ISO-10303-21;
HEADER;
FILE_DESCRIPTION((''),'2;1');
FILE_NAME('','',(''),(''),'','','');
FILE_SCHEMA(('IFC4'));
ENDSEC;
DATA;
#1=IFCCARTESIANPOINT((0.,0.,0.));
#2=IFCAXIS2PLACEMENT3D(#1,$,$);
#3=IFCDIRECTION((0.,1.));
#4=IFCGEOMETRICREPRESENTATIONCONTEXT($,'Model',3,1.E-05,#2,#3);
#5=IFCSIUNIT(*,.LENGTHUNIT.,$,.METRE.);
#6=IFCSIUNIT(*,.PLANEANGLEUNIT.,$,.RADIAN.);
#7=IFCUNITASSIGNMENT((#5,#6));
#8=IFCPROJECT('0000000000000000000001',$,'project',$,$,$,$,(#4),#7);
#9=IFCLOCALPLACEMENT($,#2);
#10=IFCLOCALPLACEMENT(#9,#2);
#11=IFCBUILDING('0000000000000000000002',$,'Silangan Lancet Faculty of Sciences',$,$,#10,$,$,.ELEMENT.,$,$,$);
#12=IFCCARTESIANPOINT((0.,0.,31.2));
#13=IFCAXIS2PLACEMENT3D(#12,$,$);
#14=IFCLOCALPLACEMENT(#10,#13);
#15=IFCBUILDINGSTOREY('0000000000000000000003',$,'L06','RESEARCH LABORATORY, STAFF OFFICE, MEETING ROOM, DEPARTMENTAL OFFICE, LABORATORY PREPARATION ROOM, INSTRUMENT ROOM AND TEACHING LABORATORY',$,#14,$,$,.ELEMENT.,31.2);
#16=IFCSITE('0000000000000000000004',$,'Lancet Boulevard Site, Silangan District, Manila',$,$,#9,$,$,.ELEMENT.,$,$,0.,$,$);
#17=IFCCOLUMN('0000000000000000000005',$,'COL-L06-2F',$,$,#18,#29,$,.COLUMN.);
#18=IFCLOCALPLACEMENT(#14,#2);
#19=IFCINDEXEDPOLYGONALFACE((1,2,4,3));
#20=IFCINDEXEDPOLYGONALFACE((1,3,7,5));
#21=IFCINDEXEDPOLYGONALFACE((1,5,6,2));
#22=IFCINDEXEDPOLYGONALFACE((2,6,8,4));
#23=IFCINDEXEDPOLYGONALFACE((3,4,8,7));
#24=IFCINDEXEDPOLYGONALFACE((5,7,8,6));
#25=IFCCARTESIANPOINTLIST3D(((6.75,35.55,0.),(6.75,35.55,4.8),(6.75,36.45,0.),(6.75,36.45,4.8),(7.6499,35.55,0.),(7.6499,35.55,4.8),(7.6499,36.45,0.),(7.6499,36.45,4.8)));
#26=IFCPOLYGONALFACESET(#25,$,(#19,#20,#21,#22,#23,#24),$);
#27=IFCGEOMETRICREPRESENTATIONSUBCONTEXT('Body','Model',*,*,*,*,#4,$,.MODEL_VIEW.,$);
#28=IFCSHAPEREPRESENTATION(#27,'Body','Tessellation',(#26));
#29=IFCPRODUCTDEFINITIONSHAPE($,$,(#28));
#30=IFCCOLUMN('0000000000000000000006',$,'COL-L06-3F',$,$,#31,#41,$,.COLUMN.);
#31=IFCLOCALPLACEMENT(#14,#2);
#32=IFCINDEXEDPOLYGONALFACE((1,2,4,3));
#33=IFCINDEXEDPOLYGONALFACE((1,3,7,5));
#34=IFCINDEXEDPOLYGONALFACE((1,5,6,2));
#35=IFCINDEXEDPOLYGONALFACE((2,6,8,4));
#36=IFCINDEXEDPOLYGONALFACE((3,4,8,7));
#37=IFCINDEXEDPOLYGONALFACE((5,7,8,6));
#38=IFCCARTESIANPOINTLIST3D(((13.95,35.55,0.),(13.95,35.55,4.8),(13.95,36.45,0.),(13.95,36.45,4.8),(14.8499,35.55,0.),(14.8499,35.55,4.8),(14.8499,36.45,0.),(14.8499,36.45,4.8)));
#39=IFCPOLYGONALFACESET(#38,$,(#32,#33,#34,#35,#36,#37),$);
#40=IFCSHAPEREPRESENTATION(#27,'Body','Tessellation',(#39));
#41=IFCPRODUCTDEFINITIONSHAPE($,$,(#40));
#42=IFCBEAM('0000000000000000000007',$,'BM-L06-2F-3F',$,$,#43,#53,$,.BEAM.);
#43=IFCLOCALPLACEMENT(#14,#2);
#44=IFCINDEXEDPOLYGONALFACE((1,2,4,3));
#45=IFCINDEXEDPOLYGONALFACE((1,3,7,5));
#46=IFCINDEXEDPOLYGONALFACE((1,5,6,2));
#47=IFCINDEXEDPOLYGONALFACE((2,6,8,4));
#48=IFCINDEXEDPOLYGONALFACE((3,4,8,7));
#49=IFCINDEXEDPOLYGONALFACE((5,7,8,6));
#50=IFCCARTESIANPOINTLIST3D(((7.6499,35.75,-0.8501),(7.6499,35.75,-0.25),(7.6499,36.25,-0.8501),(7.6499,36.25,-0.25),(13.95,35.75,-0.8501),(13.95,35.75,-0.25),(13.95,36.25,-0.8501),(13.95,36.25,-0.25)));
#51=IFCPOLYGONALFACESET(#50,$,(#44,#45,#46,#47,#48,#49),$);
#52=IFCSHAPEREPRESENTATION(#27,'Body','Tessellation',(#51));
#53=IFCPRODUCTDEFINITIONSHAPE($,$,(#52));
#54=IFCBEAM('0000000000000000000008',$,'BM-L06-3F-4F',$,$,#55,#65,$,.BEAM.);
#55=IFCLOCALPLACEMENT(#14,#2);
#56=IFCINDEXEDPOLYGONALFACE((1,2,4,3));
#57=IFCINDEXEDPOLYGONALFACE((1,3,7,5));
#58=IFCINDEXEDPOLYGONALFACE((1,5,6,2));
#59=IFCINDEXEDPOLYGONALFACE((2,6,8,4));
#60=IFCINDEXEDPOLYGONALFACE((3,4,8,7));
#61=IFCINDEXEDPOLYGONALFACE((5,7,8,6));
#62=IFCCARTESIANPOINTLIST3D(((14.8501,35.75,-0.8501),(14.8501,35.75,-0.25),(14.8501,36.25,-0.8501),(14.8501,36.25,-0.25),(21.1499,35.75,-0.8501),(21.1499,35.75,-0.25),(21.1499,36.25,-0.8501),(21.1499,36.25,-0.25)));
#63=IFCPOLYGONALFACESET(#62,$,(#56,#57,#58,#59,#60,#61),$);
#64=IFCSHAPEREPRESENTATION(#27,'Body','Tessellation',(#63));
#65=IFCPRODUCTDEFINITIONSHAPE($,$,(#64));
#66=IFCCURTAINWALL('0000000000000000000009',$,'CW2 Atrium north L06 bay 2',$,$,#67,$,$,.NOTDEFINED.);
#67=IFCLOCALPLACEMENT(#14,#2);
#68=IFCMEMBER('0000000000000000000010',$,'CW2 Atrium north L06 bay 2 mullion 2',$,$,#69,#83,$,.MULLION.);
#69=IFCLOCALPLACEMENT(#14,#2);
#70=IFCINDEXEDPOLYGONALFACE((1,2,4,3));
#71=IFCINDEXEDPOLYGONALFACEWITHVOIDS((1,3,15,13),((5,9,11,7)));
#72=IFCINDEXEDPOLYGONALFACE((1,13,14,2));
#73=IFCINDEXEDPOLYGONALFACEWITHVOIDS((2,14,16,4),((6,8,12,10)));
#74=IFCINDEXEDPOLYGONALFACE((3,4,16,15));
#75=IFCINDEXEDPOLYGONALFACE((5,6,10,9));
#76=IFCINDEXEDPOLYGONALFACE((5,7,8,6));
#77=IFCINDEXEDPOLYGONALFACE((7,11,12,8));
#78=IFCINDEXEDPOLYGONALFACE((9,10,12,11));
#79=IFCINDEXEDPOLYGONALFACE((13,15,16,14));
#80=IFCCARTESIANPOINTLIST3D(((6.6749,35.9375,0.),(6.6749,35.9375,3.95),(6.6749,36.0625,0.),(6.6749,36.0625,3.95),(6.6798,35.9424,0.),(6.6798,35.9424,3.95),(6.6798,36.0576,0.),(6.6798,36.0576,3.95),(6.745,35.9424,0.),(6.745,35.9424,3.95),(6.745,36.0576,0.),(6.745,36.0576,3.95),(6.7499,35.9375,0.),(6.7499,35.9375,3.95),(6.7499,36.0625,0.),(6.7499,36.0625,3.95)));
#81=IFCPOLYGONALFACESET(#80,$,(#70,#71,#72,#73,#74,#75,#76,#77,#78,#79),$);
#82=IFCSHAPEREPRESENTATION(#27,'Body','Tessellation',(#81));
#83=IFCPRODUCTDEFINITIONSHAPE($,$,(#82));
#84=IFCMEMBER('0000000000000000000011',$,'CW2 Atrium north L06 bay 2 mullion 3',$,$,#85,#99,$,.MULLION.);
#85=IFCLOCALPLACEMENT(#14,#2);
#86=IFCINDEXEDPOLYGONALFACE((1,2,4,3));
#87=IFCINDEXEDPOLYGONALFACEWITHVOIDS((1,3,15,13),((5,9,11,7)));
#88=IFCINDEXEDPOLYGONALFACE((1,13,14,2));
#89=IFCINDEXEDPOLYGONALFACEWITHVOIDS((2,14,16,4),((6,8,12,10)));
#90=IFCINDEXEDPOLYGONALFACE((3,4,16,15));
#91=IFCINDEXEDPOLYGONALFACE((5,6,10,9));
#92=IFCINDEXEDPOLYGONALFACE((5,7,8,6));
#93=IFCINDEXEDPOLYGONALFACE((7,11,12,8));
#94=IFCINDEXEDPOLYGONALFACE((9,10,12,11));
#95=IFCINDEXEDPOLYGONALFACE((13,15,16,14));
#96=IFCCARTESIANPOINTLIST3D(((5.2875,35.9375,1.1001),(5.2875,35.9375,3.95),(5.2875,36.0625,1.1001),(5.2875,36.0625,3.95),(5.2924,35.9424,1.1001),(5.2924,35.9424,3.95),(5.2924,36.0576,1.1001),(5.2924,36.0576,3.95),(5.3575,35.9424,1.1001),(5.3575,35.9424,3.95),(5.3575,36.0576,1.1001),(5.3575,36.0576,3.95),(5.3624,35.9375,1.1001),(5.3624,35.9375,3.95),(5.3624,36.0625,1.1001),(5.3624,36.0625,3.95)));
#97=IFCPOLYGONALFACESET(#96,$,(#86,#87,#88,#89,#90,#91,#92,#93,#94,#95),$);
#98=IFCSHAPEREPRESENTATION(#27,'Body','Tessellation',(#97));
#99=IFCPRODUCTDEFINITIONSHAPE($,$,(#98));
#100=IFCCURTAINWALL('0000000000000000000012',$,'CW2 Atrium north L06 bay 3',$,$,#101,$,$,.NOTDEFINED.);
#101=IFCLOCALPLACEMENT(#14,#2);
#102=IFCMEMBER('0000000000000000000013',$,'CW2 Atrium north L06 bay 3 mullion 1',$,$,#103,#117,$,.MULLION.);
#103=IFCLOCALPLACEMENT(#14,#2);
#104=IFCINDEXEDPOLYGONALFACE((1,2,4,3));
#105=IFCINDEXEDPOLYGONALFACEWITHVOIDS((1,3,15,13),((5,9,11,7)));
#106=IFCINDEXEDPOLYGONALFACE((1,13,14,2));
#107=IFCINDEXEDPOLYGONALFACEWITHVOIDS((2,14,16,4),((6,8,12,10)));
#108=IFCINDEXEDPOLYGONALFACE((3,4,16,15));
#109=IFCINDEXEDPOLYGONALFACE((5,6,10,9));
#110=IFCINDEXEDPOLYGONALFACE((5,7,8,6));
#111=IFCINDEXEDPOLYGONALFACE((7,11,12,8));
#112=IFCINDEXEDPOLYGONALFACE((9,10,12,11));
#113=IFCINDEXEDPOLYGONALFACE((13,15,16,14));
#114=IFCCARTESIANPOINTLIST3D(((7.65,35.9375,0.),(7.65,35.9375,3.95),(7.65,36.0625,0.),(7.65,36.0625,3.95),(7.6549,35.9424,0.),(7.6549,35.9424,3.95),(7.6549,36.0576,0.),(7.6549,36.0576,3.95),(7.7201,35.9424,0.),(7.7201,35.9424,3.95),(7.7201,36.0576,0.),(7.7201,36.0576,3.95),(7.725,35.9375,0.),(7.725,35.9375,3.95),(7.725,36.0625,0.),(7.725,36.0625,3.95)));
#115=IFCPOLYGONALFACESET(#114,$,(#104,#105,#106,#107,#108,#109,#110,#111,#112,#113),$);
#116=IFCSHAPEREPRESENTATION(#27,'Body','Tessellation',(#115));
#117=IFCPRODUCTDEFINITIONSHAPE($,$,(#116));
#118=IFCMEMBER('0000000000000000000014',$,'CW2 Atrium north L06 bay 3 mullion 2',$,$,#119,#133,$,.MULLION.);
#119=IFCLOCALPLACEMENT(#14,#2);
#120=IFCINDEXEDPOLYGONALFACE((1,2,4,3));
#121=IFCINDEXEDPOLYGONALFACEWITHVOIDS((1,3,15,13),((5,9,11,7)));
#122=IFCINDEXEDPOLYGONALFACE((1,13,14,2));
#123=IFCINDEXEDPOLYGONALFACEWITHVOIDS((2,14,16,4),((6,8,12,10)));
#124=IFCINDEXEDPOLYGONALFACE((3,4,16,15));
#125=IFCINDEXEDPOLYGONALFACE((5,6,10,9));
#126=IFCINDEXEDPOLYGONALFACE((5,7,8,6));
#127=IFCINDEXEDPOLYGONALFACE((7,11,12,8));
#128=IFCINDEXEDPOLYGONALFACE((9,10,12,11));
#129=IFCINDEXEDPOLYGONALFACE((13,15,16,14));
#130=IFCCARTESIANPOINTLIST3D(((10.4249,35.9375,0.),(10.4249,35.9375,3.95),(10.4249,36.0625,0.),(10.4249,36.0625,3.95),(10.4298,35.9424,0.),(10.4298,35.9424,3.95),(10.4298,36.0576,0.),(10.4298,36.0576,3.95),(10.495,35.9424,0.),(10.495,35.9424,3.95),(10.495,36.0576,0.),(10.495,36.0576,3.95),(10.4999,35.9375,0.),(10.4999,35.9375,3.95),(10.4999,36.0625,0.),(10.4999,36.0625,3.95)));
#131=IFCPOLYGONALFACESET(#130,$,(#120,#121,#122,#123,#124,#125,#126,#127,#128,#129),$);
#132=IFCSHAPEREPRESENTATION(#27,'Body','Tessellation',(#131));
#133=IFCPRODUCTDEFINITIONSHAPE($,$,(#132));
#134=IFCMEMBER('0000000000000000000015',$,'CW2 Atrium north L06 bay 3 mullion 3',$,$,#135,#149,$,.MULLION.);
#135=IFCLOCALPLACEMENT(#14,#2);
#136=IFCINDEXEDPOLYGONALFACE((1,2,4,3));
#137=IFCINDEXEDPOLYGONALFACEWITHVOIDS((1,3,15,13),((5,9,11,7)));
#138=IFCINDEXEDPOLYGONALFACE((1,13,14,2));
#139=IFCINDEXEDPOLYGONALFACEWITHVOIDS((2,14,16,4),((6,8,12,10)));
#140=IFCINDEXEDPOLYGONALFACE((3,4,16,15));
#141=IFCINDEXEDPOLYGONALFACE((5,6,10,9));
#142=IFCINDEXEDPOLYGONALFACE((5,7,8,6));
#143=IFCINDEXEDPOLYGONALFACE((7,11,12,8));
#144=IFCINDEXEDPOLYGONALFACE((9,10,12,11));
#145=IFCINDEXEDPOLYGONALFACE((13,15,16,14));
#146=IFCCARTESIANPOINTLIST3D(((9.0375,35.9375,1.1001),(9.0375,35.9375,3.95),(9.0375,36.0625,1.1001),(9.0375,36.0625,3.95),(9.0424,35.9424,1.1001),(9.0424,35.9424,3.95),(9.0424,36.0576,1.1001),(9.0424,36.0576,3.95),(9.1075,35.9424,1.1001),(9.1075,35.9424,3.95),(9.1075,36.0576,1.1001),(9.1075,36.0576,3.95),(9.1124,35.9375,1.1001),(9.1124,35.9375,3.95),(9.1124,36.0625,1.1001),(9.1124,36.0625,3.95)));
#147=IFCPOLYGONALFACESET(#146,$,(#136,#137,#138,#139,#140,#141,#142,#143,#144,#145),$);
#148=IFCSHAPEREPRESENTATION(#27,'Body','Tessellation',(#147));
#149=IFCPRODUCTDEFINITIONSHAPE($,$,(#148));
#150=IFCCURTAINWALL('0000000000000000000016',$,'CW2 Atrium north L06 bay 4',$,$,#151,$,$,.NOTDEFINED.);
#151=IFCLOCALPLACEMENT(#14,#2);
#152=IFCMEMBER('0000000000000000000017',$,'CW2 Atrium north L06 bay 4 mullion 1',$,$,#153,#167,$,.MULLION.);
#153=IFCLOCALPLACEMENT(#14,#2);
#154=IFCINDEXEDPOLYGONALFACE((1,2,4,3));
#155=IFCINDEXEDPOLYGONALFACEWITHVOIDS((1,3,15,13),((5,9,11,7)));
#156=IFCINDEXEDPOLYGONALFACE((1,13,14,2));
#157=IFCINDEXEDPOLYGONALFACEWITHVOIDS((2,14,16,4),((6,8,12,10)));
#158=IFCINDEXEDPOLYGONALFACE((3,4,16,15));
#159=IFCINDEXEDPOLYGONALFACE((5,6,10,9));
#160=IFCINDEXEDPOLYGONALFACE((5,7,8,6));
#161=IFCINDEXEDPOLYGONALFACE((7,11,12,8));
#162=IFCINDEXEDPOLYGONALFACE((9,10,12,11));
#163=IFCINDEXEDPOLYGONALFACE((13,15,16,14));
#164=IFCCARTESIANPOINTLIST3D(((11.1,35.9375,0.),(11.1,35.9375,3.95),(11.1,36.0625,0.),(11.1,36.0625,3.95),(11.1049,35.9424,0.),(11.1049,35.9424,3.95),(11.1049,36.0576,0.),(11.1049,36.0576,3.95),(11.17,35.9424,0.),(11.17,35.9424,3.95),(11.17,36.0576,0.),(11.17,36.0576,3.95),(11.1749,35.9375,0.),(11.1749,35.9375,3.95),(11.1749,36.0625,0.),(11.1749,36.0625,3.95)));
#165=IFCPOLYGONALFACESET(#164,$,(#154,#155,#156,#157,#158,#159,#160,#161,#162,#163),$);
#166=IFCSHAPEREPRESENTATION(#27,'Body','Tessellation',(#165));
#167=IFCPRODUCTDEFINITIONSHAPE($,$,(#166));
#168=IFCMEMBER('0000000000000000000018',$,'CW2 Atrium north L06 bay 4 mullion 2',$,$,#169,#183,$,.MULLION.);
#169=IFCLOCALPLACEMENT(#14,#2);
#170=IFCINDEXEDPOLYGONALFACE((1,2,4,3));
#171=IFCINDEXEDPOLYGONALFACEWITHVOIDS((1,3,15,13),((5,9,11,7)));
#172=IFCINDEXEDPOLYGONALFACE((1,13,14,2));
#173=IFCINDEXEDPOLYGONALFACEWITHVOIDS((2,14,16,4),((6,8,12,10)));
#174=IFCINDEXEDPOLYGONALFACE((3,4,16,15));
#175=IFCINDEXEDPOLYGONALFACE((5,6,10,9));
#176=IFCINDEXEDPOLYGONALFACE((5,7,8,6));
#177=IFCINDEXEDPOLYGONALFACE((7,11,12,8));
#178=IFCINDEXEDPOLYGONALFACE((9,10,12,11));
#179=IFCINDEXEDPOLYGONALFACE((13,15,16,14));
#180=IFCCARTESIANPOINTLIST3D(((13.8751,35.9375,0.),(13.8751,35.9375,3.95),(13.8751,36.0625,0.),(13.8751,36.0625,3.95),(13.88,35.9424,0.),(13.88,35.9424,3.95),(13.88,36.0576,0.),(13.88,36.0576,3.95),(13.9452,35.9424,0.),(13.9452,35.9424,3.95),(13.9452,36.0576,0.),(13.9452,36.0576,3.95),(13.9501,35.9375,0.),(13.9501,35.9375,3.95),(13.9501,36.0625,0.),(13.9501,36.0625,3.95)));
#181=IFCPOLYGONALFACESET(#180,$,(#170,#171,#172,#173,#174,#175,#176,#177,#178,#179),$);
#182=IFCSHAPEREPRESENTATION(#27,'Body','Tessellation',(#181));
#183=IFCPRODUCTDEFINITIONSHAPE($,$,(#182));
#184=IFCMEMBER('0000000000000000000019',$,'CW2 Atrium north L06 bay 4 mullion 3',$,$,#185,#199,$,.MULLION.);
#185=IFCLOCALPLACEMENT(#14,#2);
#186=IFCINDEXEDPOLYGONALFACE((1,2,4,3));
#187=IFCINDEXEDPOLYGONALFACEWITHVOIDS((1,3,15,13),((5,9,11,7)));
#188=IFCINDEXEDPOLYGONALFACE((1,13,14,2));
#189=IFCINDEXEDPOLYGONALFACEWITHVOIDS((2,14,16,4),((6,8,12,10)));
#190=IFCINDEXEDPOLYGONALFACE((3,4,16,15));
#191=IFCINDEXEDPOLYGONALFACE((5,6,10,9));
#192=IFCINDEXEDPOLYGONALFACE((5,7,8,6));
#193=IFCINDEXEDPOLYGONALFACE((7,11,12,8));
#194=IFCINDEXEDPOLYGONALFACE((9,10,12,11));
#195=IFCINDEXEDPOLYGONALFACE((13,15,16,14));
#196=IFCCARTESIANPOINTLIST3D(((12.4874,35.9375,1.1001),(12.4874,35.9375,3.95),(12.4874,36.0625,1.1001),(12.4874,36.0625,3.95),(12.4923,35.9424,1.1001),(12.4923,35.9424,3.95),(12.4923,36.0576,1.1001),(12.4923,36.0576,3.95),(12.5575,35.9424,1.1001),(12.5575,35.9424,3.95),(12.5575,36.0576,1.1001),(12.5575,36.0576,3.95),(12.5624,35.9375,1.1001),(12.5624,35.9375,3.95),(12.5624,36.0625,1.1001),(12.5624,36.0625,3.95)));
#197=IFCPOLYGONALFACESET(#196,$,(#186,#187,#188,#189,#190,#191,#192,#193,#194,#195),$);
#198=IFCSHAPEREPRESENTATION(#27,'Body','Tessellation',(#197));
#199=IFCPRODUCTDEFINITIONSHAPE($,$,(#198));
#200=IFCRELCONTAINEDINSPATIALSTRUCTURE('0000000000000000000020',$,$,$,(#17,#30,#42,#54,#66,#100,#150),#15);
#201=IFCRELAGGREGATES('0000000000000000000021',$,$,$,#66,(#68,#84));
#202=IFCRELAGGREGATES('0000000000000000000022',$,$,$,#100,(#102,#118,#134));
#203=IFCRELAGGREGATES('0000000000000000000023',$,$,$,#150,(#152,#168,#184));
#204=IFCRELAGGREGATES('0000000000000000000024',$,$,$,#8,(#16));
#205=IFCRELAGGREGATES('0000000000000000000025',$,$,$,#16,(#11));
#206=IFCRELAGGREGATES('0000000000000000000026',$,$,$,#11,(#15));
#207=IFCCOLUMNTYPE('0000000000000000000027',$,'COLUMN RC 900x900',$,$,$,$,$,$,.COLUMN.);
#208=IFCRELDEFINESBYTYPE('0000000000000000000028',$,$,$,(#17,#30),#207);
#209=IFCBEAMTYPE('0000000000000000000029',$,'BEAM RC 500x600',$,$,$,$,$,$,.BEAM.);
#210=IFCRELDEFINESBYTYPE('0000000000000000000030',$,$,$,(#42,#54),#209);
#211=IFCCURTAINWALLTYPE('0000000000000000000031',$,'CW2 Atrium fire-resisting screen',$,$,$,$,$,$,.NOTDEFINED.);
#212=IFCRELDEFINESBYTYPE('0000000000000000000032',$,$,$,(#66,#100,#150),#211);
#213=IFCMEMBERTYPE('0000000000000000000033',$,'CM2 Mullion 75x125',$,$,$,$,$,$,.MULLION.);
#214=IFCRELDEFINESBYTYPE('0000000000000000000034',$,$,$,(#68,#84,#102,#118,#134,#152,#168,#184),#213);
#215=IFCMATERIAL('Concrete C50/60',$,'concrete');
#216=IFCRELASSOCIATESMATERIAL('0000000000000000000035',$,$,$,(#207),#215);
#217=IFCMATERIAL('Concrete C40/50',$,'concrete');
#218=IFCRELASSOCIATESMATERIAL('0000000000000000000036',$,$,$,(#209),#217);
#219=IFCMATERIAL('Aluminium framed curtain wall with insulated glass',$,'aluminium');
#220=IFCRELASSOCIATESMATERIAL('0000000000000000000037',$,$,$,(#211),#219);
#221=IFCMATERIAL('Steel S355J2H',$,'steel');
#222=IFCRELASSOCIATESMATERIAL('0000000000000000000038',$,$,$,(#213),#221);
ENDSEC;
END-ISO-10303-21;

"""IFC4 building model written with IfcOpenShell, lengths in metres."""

from ifc_helpers import new_model, si_unit, direction, frame, origin, origin_2d, place, context, subcontext, project, spatial, rectangle, hollow_rectangle, extrude, material, material_profile, profile_set, type_object, element, aggregate, save


model = new_model("IFC4")

# Units and contexts
model_context = context("Model", 3, precision=1e-05, world=origin(), true_north=direction((0.0, 1.0)))
body_context = subcontext(model_context, "Body", "Model", "MODEL_VIEW")
ifc_project = project(units=[si_unit("LENGTHUNIT", "METRE"), si_unit("PLANEANGLEUNIT", "RADIAN")], contexts=[model_context])

# Site, building, storey
site_placement = place(None, origin())
site = spatial("IfcSite", under=ifc_project, at=site_placement, Name="Lancet Boulevard Site, Silangan District, Manila", CompositionType="ELEMENT", RefElevation=0.0)
building_placement = place(site_placement, origin())
building = spatial("IfcBuilding", under=site, at=building_placement, Name="Silangan Lancet Faculty of Sciences", CompositionType="ELEMENT")
storey_placement = place(building_placement, frame((0.0, 0.0, 31.2)))
storey = spatial("IfcBuildingStorey", under=building, at=storey_placement, Name="L06", Description="RESEARCH LABORATORY, STAFF OFFICE, MEETING ROOM, DEPARTMENTAL OFFICE, LABORATORY PREPARATION ROOM, INSTRUMENT ROOM AND TEACHING LABORATORY", CompositionType="ELEMENT", Elevation=31.2)

# Columns
ifc_material_1 = material(Name="Concrete C50/60", Category="concrete")
ifc_material_profile_1 = material_profile(ifc_material_1, rectangle(XDim=0.8999, YDim=0.8999, at=origin_2d()), Name="RC 900x900")
ifc_profile_set_1 = profile_set([ifc_material_profile_1], Name="Concrete C50/60")
column_type = type_object("IfcColumnType", Name="COLUMN RC 900x900", PredefinedType="COLUMN", material=ifc_profile_set_1)
for number, where, z_axis, x_axis, name in (
    (1, (7.2, 36.0, 0.0), (0.0, 0.0, 1.0), (1.0, 0.0, 0.0), "COL-L06-2F"),
    (2, (14.3999, 36.0, 0.0), (0.0, 0.0, 1.0), (1.0, 0.0, 0.0), "COL-L06-3F"),
):
    element("IfcColumn", number, at=place(storey_placement, frame(where, z_axis=z_axis, x_axis=x_axis)), inside=storey, type_object=column_type, Name=name, PredefinedType="COLUMN", context=body_context, shape_type="SweptSolid", body=[
        extrude(rectangle(XDim=0.8999, YDim=0.8999, at=origin_2d()), origin(), (0.0, 0.0, 1.0), 4.8),
    ])

# Beams
ifc_material_2 = material(Name="Concrete C40/50", Category="concrete")
ifc_material_profile_2 = material_profile(ifc_material_2, rectangle(XDim=0.5, YDim=0.6001, at=origin_2d()), Name="RC 500x600")
ifc_profile_set_2 = profile_set([ifc_material_profile_2], Name="Concrete C40/50")
beam_type = type_object("IfcBeamType", Name="BEAM RC 500x600", PredefinedType="BEAM", material=ifc_profile_set_2)
beam_1_placement = place(storey_placement, frame((7.6499, 36.0, -0.55), z_axis=(1.0, 0.0, 0.0), x_axis=(0.0, 1.0, 0.0)))
element("IfcBeam", 3, at=beam_1_placement, inside=storey, type_object=beam_type, Name="BM-L06-2F-3F", PredefinedType="BEAM", context=body_context, shape_type="SweptSolid", body=[
    extrude(rectangle(XDim=0.5, YDim=0.6001, at=origin_2d()), origin(), (0.0, 0.0, 1.0), 6.3),
])
beam_2_placement = place(storey_placement, frame((14.8501, 36.0, -0.55), z_axis=(1.0, 0.0, 0.0), x_axis=(0.0, 1.0, 0.0)))
element("IfcBeam", 4, at=beam_2_placement, inside=storey, type_object=beam_type, Name="BM-L06-3F-4F", PredefinedType="BEAM", context=body_context, shape_type="SweptSolid", body=[
    extrude(rectangle(XDim=0.5, YDim=0.6001, at=origin_2d()), origin(), (0.0, 0.0, 1.0), 6.2998),
])

# Curtain walls, members
ifc_material_3 = material(Name="Aluminium framed curtain wall with insulated glass", Category="aluminium")
curtain_wall_type = type_object("IfcCurtainWallType", Name="CW2 Atrium fire-resisting screen", PredefinedType="NOTDEFINED", material=ifc_material_3)
curtain_wall_1_placement = place(storey_placement, origin())
curtain_wall_1 = element("IfcCurtainWall", 5, at=curtain_wall_1_placement, inside=storey, type_object=curtain_wall_type, Name="CW2 Atrium north L06 bay 2", PredefinedType="NOTDEFINED")
ifc_material_4 = material(Name="Steel S355J2H", Category="steel")
ifc_material_profile_3 = material_profile(ifc_material_4, hollow_rectangle(XDim=0.075, YDim=0.125, WallThickness=0.0049, at=origin_2d()), Name="ST BOX 75x125x5")
ifc_profile_set_3 = profile_set([ifc_material_profile_3], Name="Steel S355J2H")
member_type_1 = type_object("IfcMemberType", Name="CM2 Mullion 75x125", PredefinedType="MULLION", material=ifc_profile_set_3)
member_1_placement = place(storey_placement, frame((6.7124, 36.0, 0.0), z_axis=(0.0, 0.0, 1.0), x_axis=(1.0, 0.0, 0.0)))
member_1 = element("IfcMember", 6, at=member_1_placement, type_object=member_type_1, Name="CW2 Atrium north L06 bay 2 mullion 2", PredefinedType="MULLION", context=body_context, shape_type="SweptSolid", body=[
    extrude(hollow_rectangle(XDim=0.075, YDim=0.125, WallThickness=0.0049, at=origin_2d()), origin(), (0.0, 0.0, 1.0), 3.95),
])
member_2_placement = place(storey_placement, frame((5.325, 36.0, 1.1001), z_axis=(0.0, 0.0, 1.0), x_axis=(1.0, 0.0, 0.0)))
member_2 = element("IfcMember", 7, at=member_2_placement, type_object=member_type_1, Name="CW2 Atrium north L06 bay 2 mullion 3", PredefinedType="MULLION", context=body_context, shape_type="SweptSolid", body=[
    extrude(hollow_rectangle(XDim=0.075, YDim=0.125, WallThickness=0.0049, at=origin_2d()), origin(), (0.0, 0.0, 1.0), 2.8499),
])
curtain_wall_2_placement = place(storey_placement, origin())
curtain_wall_2 = element("IfcCurtainWall", 8, at=curtain_wall_2_placement, inside=storey, type_object=curtain_wall_type, Name="CW2 Atrium north L06 bay 3", PredefinedType="NOTDEFINED")
member_3_placement = place(storey_placement, frame((7.6875, 36.0, 0.0), z_axis=(0.0, 0.0, 1.0), x_axis=(1.0, 0.0, 0.0)))
member_3 = element("IfcMember", 9, at=member_3_placement, type_object=member_type_1, Name="CW2 Atrium north L06 bay 3 mullion 1", PredefinedType="MULLION", context=body_context, shape_type="SweptSolid", body=[
    extrude(hollow_rectangle(XDim=0.075, YDim=0.125, WallThickness=0.0049, at=origin_2d()), origin(), (0.0, 0.0, 1.0), 3.95),
])
member_4_placement = place(storey_placement, frame((10.4624, 36.0, 0.0), z_axis=(0.0, 0.0, 1.0), x_axis=(1.0, 0.0, 0.0)))
member_4 = element("IfcMember", 10, at=member_4_placement, type_object=member_type_1, Name="CW2 Atrium north L06 bay 3 mullion 2", PredefinedType="MULLION", context=body_context, shape_type="SweptSolid", body=[
    extrude(hollow_rectangle(XDim=0.075, YDim=0.125, WallThickness=0.0049, at=origin_2d()), origin(), (0.0, 0.0, 1.0), 3.95),
])
member_5_placement = place(storey_placement, frame((9.075, 36.0, 1.1001), z_axis=(0.0, 0.0, 1.0), x_axis=(1.0, 0.0, 0.0)))
member_5 = element("IfcMember", 11, at=member_5_placement, type_object=member_type_1, Name="CW2 Atrium north L06 bay 3 mullion 3", PredefinedType="MULLION", context=body_context, shape_type="SweptSolid", body=[
    extrude(hollow_rectangle(XDim=0.075, YDim=0.125, WallThickness=0.0049, at=origin_2d()), origin(), (0.0, 0.0, 1.0), 2.8499),
])
curtain_wall_3_placement = place(storey_placement, origin())
curtain_wall_3 = element("IfcCurtainWall", 12, at=curtain_wall_3_placement, inside=storey, type_object=curtain_wall_type, Name="CW2 Atrium north L06 bay 4", PredefinedType="NOTDEFINED")
member_6_placement = place(storey_placement, frame((11.1375, 36.0, 0.0), z_axis=(0.0, 0.0, 1.0), x_axis=(1.0, 0.0, 0.0)))
member_6 = element("IfcMember", 13, at=member_6_placement, type_object=member_type_1, Name="CW2 Atrium north L06 bay 4 mullion 1", PredefinedType="MULLION", context=body_context, shape_type="SweptSolid", body=[
    extrude(hollow_rectangle(XDim=0.075, YDim=0.125, WallThickness=0.0049, at=origin_2d()), origin(), (0.0, 0.0, 1.0), 3.95),
])
member_7_placement = place(storey_placement, frame((13.9126, 36.0, 0.0), z_axis=(0.0, 0.0, 1.0), x_axis=(1.0, 0.0, 0.0)))
member_7 = element("IfcMember", 14, at=member_7_placement, type_object=member_type_1, Name="CW2 Atrium north L06 bay 4 mullion 2", PredefinedType="MULLION", context=body_context, shape_type="SweptSolid", body=[
    extrude(hollow_rectangle(XDim=0.075, YDim=0.125, WallThickness=0.0049, at=origin_2d()), origin(), (0.0, 0.0, 1.0), 3.95),
])
member_8_placement = place(storey_placement, frame((12.5249, 36.0, 1.1001), z_axis=(0.0, 0.0, 1.0), x_axis=(1.0, 0.0, 0.0)))
member_8 = element("IfcMember", 15, at=member_8_placement, type_object=member_type_1, Name="CW2 Atrium north L06 bay 4 mullion 3", PredefinedType="MULLION", context=body_context, shape_type="SweptSolid", body=[
    extrude(hollow_rectangle(XDim=0.075, YDim=0.125, WallThickness=0.0049, at=origin_2d()), origin(), (0.0, 0.0, 1.0), 2.8499),
])

aggregate(curtain_wall_1, [member_1, member_2])
aggregate(curtain_wall_2, [member_3, member_4, member_5])
aggregate(curtain_wall_3, [member_6, member_7, member_8])

save(model, "model.ifc")
